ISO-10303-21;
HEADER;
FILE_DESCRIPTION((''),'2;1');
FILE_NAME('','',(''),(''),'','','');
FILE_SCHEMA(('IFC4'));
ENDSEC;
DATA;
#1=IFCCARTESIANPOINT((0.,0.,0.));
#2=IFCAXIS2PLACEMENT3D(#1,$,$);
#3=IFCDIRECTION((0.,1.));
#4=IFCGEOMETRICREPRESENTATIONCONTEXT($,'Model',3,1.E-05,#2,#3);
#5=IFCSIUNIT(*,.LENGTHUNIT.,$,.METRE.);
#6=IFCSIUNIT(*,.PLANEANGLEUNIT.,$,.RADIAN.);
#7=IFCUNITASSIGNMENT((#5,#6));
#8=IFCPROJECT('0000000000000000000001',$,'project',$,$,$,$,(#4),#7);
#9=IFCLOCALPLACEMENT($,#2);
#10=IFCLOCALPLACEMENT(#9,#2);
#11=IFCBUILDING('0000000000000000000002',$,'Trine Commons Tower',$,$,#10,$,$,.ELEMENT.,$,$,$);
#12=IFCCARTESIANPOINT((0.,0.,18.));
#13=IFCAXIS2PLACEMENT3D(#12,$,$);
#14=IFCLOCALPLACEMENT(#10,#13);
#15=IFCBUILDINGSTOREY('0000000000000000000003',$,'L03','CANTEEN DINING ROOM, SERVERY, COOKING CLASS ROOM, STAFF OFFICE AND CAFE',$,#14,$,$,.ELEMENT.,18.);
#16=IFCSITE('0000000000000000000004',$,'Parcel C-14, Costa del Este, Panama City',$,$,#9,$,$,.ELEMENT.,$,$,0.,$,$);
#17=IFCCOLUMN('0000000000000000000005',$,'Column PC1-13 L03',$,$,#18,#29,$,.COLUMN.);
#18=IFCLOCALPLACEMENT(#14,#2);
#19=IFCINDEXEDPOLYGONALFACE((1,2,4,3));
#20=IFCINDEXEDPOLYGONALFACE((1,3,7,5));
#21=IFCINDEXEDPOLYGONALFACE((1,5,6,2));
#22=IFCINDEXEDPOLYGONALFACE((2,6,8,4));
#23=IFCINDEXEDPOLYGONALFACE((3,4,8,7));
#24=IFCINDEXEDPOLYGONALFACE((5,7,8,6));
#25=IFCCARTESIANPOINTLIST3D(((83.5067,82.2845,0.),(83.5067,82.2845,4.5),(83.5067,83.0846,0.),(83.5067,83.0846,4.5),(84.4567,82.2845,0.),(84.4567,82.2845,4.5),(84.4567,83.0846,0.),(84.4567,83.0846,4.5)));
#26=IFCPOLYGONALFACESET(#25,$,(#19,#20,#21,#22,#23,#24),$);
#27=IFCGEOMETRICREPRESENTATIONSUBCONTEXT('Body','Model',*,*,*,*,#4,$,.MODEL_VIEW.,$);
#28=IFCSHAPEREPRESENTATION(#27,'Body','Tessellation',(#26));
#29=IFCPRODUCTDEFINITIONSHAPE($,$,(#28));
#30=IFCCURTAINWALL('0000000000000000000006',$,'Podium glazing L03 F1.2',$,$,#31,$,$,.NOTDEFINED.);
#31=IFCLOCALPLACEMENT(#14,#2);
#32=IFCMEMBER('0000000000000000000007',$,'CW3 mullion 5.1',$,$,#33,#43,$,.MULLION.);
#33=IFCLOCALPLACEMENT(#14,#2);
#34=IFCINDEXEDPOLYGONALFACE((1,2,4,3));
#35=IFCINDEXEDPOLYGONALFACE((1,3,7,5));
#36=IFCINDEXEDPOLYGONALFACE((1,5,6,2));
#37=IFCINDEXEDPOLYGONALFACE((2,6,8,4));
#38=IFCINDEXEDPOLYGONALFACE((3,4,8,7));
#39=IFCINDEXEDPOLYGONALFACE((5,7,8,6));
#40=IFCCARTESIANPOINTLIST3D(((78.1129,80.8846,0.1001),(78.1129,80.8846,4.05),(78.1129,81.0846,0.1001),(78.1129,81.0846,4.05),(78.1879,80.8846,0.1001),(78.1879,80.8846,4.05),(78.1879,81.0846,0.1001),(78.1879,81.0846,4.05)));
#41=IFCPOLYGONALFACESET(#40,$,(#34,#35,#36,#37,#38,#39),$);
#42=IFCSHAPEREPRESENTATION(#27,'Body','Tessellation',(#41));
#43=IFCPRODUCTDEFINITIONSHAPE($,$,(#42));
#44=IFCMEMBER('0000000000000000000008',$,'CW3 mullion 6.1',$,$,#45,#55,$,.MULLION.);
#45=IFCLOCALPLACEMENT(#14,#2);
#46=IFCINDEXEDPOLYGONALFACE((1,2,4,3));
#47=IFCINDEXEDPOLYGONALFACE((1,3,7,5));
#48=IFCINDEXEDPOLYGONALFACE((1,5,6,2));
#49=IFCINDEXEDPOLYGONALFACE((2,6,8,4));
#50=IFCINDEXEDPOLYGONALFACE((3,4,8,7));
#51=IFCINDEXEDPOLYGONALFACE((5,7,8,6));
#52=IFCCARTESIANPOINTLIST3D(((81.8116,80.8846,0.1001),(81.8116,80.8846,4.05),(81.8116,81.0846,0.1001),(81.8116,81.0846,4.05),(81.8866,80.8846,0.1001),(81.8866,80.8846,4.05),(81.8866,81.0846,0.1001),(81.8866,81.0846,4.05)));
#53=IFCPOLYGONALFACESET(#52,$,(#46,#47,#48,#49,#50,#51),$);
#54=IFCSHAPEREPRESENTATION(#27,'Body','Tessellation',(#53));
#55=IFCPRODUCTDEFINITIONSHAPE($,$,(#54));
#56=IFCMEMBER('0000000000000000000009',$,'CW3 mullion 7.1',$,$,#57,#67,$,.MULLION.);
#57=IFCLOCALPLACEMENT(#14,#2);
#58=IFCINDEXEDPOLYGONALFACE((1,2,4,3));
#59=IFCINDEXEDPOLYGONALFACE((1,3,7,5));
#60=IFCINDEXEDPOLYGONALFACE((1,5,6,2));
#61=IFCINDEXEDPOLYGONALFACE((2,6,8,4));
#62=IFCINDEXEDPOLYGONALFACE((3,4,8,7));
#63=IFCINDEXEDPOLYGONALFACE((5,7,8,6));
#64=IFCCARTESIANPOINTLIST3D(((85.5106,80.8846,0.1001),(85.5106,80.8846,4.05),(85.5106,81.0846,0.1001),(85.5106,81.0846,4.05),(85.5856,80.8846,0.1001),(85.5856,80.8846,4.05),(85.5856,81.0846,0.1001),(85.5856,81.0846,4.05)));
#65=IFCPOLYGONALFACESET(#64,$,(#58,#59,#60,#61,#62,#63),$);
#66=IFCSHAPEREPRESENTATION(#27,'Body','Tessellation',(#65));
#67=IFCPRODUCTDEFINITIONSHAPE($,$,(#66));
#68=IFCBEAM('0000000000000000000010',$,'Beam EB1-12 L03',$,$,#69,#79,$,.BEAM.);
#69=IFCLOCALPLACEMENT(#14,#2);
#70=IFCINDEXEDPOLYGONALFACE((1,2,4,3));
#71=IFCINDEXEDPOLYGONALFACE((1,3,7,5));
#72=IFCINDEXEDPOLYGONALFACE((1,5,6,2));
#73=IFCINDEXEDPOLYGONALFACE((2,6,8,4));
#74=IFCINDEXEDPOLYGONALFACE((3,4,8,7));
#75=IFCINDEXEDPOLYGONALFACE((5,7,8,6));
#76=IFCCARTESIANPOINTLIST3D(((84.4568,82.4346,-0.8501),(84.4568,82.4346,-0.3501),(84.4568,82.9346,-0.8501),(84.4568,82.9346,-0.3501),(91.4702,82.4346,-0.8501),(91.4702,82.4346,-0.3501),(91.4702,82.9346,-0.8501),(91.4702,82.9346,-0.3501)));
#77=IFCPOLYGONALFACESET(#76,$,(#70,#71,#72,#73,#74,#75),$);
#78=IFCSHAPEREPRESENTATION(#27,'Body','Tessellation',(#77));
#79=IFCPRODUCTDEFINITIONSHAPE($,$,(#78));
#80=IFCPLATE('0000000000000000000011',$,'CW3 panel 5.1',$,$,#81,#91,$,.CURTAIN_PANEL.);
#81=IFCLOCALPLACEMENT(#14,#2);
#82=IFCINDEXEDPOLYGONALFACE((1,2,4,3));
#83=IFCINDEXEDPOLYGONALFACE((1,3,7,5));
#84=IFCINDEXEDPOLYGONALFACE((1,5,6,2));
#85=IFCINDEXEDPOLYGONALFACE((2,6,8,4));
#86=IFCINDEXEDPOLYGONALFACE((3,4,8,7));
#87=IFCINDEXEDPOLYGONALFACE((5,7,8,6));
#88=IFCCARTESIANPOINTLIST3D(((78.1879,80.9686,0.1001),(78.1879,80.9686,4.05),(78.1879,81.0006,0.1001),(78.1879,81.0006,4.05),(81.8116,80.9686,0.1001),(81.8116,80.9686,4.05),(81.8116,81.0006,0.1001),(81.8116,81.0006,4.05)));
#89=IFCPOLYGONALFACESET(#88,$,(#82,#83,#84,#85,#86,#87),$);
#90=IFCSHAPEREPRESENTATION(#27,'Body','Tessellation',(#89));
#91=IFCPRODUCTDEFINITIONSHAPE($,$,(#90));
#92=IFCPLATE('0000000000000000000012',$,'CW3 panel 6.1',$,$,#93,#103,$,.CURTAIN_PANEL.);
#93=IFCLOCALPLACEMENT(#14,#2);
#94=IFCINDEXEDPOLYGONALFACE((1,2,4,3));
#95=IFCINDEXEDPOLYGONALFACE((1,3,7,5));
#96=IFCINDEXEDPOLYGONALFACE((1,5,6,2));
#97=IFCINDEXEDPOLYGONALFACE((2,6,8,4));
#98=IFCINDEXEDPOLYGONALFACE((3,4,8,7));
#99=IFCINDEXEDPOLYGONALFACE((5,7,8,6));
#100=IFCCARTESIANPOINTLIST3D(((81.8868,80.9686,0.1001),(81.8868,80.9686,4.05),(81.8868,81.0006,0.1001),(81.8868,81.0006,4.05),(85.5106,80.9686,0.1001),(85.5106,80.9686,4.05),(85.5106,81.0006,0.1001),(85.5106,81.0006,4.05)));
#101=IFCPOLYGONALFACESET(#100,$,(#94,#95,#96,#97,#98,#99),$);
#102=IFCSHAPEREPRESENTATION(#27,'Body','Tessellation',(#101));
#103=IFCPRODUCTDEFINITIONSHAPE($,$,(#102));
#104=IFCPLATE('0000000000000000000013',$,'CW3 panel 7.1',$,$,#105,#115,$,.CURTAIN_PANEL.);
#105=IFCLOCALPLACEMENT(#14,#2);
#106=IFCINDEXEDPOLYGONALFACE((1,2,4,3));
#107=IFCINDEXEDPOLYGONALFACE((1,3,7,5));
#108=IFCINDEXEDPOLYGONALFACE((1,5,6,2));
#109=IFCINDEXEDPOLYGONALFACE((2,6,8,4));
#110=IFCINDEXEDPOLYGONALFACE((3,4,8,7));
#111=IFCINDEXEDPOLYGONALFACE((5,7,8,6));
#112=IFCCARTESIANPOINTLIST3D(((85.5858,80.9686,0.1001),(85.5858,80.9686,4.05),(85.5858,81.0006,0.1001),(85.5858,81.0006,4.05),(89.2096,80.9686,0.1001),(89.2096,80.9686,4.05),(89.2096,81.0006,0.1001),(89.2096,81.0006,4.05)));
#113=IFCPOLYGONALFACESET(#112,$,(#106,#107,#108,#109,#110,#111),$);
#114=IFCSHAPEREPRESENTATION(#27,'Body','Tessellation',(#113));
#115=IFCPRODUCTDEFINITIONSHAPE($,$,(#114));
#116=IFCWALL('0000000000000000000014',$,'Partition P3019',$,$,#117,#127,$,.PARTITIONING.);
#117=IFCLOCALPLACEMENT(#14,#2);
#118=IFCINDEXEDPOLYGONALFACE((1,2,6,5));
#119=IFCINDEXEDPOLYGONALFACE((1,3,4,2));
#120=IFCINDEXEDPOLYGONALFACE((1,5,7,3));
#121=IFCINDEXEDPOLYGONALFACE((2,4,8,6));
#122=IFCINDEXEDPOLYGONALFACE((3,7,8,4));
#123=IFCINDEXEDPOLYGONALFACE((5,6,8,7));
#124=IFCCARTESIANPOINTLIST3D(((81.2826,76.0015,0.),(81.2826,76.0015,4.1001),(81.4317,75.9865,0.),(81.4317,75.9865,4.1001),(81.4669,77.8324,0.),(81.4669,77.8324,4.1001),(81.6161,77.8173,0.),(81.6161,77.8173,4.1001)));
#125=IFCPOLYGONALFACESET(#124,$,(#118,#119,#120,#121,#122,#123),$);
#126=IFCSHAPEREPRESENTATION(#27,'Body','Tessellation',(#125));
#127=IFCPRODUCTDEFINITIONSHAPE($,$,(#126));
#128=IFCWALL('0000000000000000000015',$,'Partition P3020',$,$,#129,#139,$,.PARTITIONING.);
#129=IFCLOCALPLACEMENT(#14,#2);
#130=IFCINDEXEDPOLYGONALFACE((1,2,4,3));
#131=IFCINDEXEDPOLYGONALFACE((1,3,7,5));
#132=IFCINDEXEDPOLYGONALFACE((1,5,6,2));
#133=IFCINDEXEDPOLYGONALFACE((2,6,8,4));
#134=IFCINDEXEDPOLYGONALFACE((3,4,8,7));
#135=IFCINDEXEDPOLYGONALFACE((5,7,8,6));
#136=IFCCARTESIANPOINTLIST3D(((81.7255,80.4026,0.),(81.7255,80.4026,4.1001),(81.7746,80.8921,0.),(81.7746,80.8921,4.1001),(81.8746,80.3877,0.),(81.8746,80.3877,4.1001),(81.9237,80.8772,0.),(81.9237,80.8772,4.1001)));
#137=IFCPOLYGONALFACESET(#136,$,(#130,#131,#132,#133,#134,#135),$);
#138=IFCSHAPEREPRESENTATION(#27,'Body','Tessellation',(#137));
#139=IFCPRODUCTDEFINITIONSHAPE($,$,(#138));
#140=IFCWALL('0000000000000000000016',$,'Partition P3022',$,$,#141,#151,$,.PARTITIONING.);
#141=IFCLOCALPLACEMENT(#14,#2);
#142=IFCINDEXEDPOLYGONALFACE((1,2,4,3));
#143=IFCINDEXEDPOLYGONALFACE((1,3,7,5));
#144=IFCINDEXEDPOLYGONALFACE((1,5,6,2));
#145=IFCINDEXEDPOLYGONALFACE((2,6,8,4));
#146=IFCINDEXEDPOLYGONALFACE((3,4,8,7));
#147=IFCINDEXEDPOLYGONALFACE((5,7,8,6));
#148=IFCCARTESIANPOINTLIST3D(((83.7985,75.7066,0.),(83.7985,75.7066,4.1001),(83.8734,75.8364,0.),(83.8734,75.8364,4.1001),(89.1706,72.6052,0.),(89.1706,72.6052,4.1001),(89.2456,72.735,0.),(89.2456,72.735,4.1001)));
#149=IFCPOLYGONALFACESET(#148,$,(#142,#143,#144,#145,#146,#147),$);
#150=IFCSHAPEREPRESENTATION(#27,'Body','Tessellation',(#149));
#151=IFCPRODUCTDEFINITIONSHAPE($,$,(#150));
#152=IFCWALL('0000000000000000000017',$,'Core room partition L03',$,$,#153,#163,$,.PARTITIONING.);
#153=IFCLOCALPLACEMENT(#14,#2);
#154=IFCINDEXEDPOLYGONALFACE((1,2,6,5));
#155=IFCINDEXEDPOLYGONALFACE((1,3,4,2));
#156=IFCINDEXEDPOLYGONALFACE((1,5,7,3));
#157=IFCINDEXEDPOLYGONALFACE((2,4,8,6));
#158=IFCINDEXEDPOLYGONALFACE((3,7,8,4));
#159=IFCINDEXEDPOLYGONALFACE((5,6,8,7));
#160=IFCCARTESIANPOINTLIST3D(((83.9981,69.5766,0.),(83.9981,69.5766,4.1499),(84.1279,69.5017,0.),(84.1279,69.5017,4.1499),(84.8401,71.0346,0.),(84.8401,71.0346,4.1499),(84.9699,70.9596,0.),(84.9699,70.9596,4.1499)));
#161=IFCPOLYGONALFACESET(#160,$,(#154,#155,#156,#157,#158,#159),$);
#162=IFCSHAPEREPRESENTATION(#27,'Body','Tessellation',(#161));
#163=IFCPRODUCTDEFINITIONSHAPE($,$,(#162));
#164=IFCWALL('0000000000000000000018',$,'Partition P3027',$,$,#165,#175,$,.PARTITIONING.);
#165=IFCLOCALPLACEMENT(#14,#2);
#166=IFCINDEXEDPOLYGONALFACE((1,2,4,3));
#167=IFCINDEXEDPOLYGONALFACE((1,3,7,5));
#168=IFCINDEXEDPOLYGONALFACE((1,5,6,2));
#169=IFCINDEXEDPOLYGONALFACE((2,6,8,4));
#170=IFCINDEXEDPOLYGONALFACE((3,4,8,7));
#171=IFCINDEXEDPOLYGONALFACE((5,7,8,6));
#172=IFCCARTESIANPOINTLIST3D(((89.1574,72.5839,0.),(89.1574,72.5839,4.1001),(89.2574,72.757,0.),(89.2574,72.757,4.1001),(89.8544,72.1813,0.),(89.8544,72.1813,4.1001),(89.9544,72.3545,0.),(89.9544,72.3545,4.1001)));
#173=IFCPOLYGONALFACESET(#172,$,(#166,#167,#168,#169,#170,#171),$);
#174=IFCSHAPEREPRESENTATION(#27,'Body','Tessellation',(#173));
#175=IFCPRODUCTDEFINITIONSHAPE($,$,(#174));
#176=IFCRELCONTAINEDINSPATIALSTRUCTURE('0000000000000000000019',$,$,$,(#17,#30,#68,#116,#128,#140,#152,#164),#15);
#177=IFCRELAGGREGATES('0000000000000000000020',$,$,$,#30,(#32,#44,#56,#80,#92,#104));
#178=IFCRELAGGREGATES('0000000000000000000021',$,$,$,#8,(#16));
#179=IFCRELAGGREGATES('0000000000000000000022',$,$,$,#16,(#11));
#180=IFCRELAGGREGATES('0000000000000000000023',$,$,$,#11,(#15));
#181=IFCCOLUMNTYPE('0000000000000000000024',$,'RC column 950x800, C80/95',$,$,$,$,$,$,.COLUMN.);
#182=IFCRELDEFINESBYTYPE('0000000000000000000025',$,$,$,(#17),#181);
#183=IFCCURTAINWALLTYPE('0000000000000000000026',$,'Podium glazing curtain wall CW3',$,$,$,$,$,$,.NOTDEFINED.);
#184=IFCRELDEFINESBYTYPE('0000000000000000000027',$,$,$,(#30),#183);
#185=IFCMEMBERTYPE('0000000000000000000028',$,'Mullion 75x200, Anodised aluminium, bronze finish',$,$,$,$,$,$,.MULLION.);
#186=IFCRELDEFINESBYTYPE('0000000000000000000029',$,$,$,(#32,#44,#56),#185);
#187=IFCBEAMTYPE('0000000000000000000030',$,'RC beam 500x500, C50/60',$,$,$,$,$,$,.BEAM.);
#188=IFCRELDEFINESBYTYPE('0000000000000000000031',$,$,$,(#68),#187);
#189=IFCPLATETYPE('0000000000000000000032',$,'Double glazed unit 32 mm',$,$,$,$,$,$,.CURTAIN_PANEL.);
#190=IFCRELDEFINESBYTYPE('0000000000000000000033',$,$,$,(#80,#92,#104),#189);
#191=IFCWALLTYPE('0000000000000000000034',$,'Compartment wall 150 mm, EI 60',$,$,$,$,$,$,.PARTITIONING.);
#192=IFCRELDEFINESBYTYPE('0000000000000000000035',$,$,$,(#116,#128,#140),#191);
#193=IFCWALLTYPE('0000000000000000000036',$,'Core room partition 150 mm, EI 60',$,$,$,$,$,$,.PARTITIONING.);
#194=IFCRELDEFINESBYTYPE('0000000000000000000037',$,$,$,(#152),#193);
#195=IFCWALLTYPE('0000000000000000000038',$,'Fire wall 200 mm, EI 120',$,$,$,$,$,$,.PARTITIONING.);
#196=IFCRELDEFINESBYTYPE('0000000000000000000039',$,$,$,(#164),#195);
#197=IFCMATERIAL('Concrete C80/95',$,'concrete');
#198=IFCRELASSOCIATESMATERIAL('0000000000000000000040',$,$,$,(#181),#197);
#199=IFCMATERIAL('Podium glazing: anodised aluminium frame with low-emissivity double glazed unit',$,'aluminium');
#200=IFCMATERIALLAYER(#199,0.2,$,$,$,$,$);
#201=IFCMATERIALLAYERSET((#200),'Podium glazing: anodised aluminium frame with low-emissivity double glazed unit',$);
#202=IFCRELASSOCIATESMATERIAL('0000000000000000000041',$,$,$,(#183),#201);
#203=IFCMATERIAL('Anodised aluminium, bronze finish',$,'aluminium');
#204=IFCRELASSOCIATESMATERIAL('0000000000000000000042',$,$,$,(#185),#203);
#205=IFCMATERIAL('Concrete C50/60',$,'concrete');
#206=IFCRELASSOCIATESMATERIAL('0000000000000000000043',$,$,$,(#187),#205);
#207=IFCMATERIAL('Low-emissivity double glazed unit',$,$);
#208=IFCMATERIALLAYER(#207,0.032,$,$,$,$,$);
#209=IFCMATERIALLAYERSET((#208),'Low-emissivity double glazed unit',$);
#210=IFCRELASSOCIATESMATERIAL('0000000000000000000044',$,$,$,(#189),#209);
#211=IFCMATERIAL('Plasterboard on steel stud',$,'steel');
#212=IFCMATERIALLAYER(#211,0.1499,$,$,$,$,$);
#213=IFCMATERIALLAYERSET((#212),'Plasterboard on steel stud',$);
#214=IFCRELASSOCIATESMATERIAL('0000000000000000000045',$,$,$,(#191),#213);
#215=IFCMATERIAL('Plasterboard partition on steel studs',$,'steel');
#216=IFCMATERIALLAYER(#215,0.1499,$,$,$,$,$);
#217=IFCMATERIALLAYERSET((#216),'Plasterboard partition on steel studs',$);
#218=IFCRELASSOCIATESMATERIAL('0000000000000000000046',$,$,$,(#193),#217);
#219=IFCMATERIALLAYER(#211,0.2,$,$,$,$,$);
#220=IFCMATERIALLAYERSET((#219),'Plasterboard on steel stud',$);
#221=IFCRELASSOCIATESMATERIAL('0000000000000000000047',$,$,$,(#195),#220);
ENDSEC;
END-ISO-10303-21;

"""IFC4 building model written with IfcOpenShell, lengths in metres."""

from ifc_helpers import new_model, si_unit, direction, frame, frame_2d, origin, origin_2d, place, context, subcontext, project, spatial, rectangle, extrude, material, layer, layer_set, material_profile, profile_set, type_object, element, aggregate, save


model = new_model("IFC4")

# Units and contexts
model_context = context("Model", 3, precision=1e-05, world=origin(), true_north=direction((0.0, 1.0)))
body_context = subcontext(model_context, "Body", "Model", "MODEL_VIEW")
ifc_project = project(units=[si_unit("LENGTHUNIT", "METRE"), si_unit("PLANEANGLEUNIT", "RADIAN")], contexts=[model_context])

# Site, building, storey
site_placement = place(None, origin())
site = spatial("IfcSite", under=ifc_project, at=site_placement, Name="Parcel C-14, Costa del Este, Panama City", CompositionType="ELEMENT", RefElevation=0.0)
building_placement = place(site_placement, origin())
building = spatial("IfcBuilding", under=site, at=building_placement, Name="Trine Commons Tower", CompositionType="ELEMENT")
storey_placement = place(building_placement, frame((0.0, 0.0, 18.0)))
storey = spatial("IfcBuildingStorey", under=building, at=storey_placement, Name="L03", Description="CANTEEN DINING ROOM, SERVERY, COOKING CLASS ROOM, STAFF OFFICE AND CAFE", CompositionType="ELEMENT", Elevation=18.0)

# Column
ifc_material_1 = material(Name="Concrete C80/95", Category="concrete")
ifc_material_profile_1 = material_profile(ifc_material_1, rectangle(XDim=0.95, YDim=0.8, at=origin_2d()), Name="RC 950x800")
ifc_profile_set_1 = profile_set([ifc_material_profile_1], Name="Concrete C80/95")
column_type = type_object("IfcColumnType", Name="RC column 950x800, C80/95", PredefinedType="COLUMN", material=ifc_profile_set_1)
column_placement = place(storey_placement, frame((83.9817, 82.6846, 0.0), z_axis=(0.0, 0.0, 1.0), x_axis=(1.0, 0.0, 0.0)))
element("IfcColumn", 1, at=column_placement, inside=storey, type_object=column_type, Name="Column PC1-13 L03", PredefinedType="COLUMN", context=body_context, shape_type="SweptSolid", body=[
    extrude(rectangle(XDim=0.95, YDim=0.8, at=origin_2d()), origin(), (0.0, 0.0, 1.0), 4.5),
])

# Curtain wall, members
ifc_material_2 = material(Name="Podium glazing: anodised aluminium frame with low-emissivity double glazed unit", Category="aluminium")
ifc_layer_1 = layer(ifc_material_2, 0.2)
ifc_layer_set_1 = layer_set([ifc_layer_1], Name="Podium glazing: anodised aluminium frame with low-emissivity double glazed unit")
curtain_wall_type = type_object("IfcCurtainWallType", Name="Podium glazing curtain wall CW3", PredefinedType="NOTDEFINED", material=ifc_layer_set_1)
curtain_wall_placement = place(storey_placement, origin())
curtain_wall = element("IfcCurtainWall", 2, at=curtain_wall_placement, inside=storey, type_object=curtain_wall_type, Name="Podium glazing L03 F1.2", PredefinedType="NOTDEFINED")
ifc_material_3 = material(Name="Anodised aluminium, bronze finish", Category="aluminium")
ifc_material_profile_2 = material_profile(ifc_material_3, rectangle(XDim=0.2, YDim=0.075, at=origin_2d()), Name="Mullion 75x200")
ifc_profile_set_2 = profile_set([ifc_material_profile_2], Name="Anodised aluminium, bronze finish")
member_type = type_object("IfcMemberType", Name="Mullion 75x200, Anodised aluminium, bronze finish", PredefinedType="MULLION", material=ifc_profile_set_2)
member_1_placement = place(storey_placement, frame((78.1504, 80.9846, 0.1001), z_axis=(0.0, 0.0, 1.0), x_axis=(0.0, 1.0, 0.0)))
member_1 = element("IfcMember", 3, at=member_1_placement, type_object=member_type, Name="CW3 mullion 5.1", PredefinedType="MULLION", context=body_context, shape_type="SweptSolid", body=[
    extrude(rectangle(XDim=0.2, YDim=0.075, at=origin_2d()), origin(), (0.0, 0.0, 1.0), 3.95),
])
member_2_placement = place(storey_placement, frame((81.8491, 80.9846, 0.1001), z_axis=(0.0, 0.0, 1.0), x_axis=(0.0, 1.0, 0.0)))
member_2 = element("IfcMember", 4, at=member_2_placement, type_object=member_type, Name="CW3 mullion 6.1", PredefinedType="MULLION", context=body_context, shape_type="SweptSolid", body=[
    extrude(rectangle(XDim=0.2, YDim=0.075, at=origin_2d()), origin(), (0.0, 0.0, 1.0), 3.95),
])
member_3_placement = place(storey_placement, frame((85.5481, 80.9846, 0.1001), z_axis=(0.0, 0.0, 1.0), x_axis=(0.0, 1.0, 0.0)))
member_3 = element("IfcMember", 5, at=member_3_placement, type_object=member_type, Name="CW3 mullion 7.1", PredefinedType="MULLION", context=body_context, shape_type="SweptSolid", body=[
    extrude(rectangle(XDim=0.2, YDim=0.075, at=origin_2d()), origin(), (0.0, 0.0, 1.0), 3.95),
])

# Beam
ifc_material_4 = material(Name="Concrete C50/60", Category="concrete")
ifc_material_profile_3 = material_profile(ifc_material_4, rectangle(XDim=0.5, YDim=0.5, at=origin_2d()), Name="RC 500x500")
ifc_profile_set_3 = profile_set([ifc_material_profile_3], Name="Concrete C50/60")
beam_type = type_object("IfcBeamType", Name="RC beam 500x500, C50/60", PredefinedType="BEAM", material=ifc_profile_set_3)
beam_placement = place(storey_placement, frame((84.4568, 82.6846, -0.6001), z_axis=(1.0, 0.0, 0.0), x_axis=(0.0, 1.0, 0.0)))
element("IfcBeam", 6, at=beam_placement, inside=storey, type_object=beam_type, Name="Beam EB1-12 L03", PredefinedType="BEAM", context=body_context, shape_type="SweptSolid", body=[
    extrude(rectangle(XDim=0.5, YDim=0.5, at=origin_2d()), origin(), (0.0, 0.0, 1.0), 7.0134),
])

# Plates
ifc_material_5 = material(Name="Low-emissivity double glazed unit")
ifc_layer_2 = layer(ifc_material_5, 0.032)
ifc_layer_set_2 = layer_set([ifc_layer_2], Name="Low-emissivity double glazed unit")
plate_type = type_object("IfcPlateType", Name="Double glazed unit 32 mm", PredefinedType="CURTAIN_PANEL", material=ifc_layer_set_2)
plate_1_placement = place(storey_placement, frame((79.9998, 80.9846, 0.1001), z_axis=(0.0, 0.0, 1.0), x_axis=(1.0, 0.0, 0.0)))
plate_1 = element("IfcPlate", 7, at=plate_1_placement, type_object=plate_type, Name="CW3 panel 5.1", PredefinedType="CURTAIN_PANEL", context=body_context, shape_type="SweptSolid", body=[
    extrude(rectangle(XDim=3.6238, YDim=0.032, at=origin_2d()), origin(), (0.0, 0.0, 1.0), 3.95),
])
plate_2_placement = place(storey_placement, frame((83.6987, 80.9846, 0.1001), z_axis=(0.0, 0.0, 1.0), x_axis=(1.0, 0.0, 0.0)))
plate_2 = element("IfcPlate", 8, at=plate_2_placement, type_object=plate_type, Name="CW3 panel 6.1", PredefinedType="CURTAIN_PANEL", context=body_context, shape_type="SweptSolid", body=[
    extrude(rectangle(XDim=3.6238, YDim=0.032, at=origin_2d()), origin(), (0.0, 0.0, 1.0), 3.95),
])
plate_3_placement = place(storey_placement, frame((87.3977, 80.9846, 0.1001), z_axis=(0.0, 0.0, 1.0), x_axis=(1.0, 0.0, 0.0)))
plate_3 = element("IfcPlate", 9, at=plate_3_placement, type_object=plate_type, Name="CW3 panel 7.1", PredefinedType="CURTAIN_PANEL", context=body_context, shape_type="SweptSolid", body=[
    extrude(rectangle(XDim=3.6238, YDim=0.032, at=origin_2d()), origin(), (0.0, 0.0, 1.0), 3.95),
])
aggregate(curtain_wall, [member_1, member_2, member_3, plate_1, plate_2, plate_3])

# Walls
ifc_material_6 = material(Name="Plasterboard on steel stud", Category="steel")
ifc_layer_3 = layer(ifc_material_6, 0.1499)
ifc_layer_set_3 = layer_set([ifc_layer_3], Name="Plasterboard on steel stud")
wall_type_1 = type_object("IfcWallType", Name="Compartment wall 150 mm, EI 60", PredefinedType="PARTITIONING", material=ifc_layer_set_3)
wall_1_placement = place(storey_placement, frame((81.3572, 75.9941, 0.0), z_axis=(0.0, 0.0, 1.0), x_axis=(0.100174, 0.99497, 0.0)))
element("IfcWall", 10, at=wall_1_placement, inside=storey, type_object=wall_type_1, Name="Partition P3019", PredefinedType="PARTITIONING", context=body_context, shape_type="SweptSolid", body=[
    extrude(rectangle(XDim=1.8401, YDim=0.1499, at=frame_2d((0.9199, 0.0))), origin(), (0.0, 0.0, 1.0), 4.1001),
])
wall_2_placement = place(storey_placement, frame((81.8, 80.395, 0.0), z_axis=(0.0, 0.0, 1.0), x_axis=(0.099749, 0.995013, 0.0)))
element("IfcWall", 11, at=wall_2_placement, inside=storey, type_object=wall_type_1, Name="Partition P3020", PredefinedType="PARTITIONING", context=body_context, shape_type="SweptSolid", body=[
    extrude(rectangle(XDim=0.4919, YDim=0.1499, at=frame_2d((0.2461, 0.0))), origin(), (0.0, 0.0, 1.0), 4.1001),
])
wall_3_placement = place(storey_placement, frame((83.8359, 75.7715, 0.0), z_axis=(0.0, 0.0, 1.0), x_axis=(0.866043, -0.49997, 0.0)))
element("IfcWall", 12, at=wall_3_placement, inside=storey, type_object=wall_type_1, Name="Partition P3022", PredefinedType="PARTITIONING", context=body_context, shape_type="SweptSolid", body=[
    extrude(rectangle(XDim=6.2031, YDim=0.1499, at=frame_2d((3.1016, 0.0))), origin(), (0.0, 0.0, 1.0), 4.1001),
])
ifc_material_7 = material(Name="Plasterboard partition on steel studs", Category="steel")
ifc_layer_4 = layer(ifc_material_7, 0.1499)
ifc_layer_set_4 = layer_set([ifc_layer_4], Name="Plasterboard partition on steel studs")
wall_type_2 = type_object("IfcWallType", Name="Core room partition 150 mm, EI 60", PredefinedType="PARTITIONING", material=ifc_layer_set_4)
wall_4_placement = place(storey_placement, frame((84.905, 70.9971, 0.0), z_axis=(0.0, 0.0, 1.0), x_axis=(-0.500116, -0.865959, 0.0)))
element("IfcWall", 13, at=wall_4_placement, inside=storey, type_object=wall_type_2, Name="Core room partition L03", PredefinedType="PARTITIONING", context=body_context, shape_type="SweptSolid", body=[
    extrude(rectangle(XDim=1.6836, YDim=0.1499, at=frame_2d((0.8418, 0.0))), origin(), (0.0, 0.0, 1.0), 4.1499),
])
ifc_layer_5 = layer(ifc_material_6, 0.2)
ifc_layer_set_5 = layer_set([ifc_layer_5], Name="Plasterboard on steel stud")
wall_type_3 = type_object("IfcWallType", Name="Fire wall 200 mm, EI 120", PredefinedType="PARTITIONING", material=ifc_layer_set_5)
wall_5_placement = place(storey_placement, frame((89.2075, 72.6704, 0.0), z_axis=(0.0, 0.0, 1.0), x_axis=(0.865938, -0.500151, 0.0)))
element("IfcWall", 14, at=wall_5_placement, inside=storey, type_object=wall_type_3, Name="Partition P3027", PredefinedType="PARTITIONING", context=body_context, shape_type="SweptSolid", body=[
    extrude(rectangle(XDim=0.8049, YDim=0.2, at=frame_2d((0.4023, 0.0))), origin(), (0.0, 0.0, 1.0), 4.1001),
])

save(model, "model.ifc")
